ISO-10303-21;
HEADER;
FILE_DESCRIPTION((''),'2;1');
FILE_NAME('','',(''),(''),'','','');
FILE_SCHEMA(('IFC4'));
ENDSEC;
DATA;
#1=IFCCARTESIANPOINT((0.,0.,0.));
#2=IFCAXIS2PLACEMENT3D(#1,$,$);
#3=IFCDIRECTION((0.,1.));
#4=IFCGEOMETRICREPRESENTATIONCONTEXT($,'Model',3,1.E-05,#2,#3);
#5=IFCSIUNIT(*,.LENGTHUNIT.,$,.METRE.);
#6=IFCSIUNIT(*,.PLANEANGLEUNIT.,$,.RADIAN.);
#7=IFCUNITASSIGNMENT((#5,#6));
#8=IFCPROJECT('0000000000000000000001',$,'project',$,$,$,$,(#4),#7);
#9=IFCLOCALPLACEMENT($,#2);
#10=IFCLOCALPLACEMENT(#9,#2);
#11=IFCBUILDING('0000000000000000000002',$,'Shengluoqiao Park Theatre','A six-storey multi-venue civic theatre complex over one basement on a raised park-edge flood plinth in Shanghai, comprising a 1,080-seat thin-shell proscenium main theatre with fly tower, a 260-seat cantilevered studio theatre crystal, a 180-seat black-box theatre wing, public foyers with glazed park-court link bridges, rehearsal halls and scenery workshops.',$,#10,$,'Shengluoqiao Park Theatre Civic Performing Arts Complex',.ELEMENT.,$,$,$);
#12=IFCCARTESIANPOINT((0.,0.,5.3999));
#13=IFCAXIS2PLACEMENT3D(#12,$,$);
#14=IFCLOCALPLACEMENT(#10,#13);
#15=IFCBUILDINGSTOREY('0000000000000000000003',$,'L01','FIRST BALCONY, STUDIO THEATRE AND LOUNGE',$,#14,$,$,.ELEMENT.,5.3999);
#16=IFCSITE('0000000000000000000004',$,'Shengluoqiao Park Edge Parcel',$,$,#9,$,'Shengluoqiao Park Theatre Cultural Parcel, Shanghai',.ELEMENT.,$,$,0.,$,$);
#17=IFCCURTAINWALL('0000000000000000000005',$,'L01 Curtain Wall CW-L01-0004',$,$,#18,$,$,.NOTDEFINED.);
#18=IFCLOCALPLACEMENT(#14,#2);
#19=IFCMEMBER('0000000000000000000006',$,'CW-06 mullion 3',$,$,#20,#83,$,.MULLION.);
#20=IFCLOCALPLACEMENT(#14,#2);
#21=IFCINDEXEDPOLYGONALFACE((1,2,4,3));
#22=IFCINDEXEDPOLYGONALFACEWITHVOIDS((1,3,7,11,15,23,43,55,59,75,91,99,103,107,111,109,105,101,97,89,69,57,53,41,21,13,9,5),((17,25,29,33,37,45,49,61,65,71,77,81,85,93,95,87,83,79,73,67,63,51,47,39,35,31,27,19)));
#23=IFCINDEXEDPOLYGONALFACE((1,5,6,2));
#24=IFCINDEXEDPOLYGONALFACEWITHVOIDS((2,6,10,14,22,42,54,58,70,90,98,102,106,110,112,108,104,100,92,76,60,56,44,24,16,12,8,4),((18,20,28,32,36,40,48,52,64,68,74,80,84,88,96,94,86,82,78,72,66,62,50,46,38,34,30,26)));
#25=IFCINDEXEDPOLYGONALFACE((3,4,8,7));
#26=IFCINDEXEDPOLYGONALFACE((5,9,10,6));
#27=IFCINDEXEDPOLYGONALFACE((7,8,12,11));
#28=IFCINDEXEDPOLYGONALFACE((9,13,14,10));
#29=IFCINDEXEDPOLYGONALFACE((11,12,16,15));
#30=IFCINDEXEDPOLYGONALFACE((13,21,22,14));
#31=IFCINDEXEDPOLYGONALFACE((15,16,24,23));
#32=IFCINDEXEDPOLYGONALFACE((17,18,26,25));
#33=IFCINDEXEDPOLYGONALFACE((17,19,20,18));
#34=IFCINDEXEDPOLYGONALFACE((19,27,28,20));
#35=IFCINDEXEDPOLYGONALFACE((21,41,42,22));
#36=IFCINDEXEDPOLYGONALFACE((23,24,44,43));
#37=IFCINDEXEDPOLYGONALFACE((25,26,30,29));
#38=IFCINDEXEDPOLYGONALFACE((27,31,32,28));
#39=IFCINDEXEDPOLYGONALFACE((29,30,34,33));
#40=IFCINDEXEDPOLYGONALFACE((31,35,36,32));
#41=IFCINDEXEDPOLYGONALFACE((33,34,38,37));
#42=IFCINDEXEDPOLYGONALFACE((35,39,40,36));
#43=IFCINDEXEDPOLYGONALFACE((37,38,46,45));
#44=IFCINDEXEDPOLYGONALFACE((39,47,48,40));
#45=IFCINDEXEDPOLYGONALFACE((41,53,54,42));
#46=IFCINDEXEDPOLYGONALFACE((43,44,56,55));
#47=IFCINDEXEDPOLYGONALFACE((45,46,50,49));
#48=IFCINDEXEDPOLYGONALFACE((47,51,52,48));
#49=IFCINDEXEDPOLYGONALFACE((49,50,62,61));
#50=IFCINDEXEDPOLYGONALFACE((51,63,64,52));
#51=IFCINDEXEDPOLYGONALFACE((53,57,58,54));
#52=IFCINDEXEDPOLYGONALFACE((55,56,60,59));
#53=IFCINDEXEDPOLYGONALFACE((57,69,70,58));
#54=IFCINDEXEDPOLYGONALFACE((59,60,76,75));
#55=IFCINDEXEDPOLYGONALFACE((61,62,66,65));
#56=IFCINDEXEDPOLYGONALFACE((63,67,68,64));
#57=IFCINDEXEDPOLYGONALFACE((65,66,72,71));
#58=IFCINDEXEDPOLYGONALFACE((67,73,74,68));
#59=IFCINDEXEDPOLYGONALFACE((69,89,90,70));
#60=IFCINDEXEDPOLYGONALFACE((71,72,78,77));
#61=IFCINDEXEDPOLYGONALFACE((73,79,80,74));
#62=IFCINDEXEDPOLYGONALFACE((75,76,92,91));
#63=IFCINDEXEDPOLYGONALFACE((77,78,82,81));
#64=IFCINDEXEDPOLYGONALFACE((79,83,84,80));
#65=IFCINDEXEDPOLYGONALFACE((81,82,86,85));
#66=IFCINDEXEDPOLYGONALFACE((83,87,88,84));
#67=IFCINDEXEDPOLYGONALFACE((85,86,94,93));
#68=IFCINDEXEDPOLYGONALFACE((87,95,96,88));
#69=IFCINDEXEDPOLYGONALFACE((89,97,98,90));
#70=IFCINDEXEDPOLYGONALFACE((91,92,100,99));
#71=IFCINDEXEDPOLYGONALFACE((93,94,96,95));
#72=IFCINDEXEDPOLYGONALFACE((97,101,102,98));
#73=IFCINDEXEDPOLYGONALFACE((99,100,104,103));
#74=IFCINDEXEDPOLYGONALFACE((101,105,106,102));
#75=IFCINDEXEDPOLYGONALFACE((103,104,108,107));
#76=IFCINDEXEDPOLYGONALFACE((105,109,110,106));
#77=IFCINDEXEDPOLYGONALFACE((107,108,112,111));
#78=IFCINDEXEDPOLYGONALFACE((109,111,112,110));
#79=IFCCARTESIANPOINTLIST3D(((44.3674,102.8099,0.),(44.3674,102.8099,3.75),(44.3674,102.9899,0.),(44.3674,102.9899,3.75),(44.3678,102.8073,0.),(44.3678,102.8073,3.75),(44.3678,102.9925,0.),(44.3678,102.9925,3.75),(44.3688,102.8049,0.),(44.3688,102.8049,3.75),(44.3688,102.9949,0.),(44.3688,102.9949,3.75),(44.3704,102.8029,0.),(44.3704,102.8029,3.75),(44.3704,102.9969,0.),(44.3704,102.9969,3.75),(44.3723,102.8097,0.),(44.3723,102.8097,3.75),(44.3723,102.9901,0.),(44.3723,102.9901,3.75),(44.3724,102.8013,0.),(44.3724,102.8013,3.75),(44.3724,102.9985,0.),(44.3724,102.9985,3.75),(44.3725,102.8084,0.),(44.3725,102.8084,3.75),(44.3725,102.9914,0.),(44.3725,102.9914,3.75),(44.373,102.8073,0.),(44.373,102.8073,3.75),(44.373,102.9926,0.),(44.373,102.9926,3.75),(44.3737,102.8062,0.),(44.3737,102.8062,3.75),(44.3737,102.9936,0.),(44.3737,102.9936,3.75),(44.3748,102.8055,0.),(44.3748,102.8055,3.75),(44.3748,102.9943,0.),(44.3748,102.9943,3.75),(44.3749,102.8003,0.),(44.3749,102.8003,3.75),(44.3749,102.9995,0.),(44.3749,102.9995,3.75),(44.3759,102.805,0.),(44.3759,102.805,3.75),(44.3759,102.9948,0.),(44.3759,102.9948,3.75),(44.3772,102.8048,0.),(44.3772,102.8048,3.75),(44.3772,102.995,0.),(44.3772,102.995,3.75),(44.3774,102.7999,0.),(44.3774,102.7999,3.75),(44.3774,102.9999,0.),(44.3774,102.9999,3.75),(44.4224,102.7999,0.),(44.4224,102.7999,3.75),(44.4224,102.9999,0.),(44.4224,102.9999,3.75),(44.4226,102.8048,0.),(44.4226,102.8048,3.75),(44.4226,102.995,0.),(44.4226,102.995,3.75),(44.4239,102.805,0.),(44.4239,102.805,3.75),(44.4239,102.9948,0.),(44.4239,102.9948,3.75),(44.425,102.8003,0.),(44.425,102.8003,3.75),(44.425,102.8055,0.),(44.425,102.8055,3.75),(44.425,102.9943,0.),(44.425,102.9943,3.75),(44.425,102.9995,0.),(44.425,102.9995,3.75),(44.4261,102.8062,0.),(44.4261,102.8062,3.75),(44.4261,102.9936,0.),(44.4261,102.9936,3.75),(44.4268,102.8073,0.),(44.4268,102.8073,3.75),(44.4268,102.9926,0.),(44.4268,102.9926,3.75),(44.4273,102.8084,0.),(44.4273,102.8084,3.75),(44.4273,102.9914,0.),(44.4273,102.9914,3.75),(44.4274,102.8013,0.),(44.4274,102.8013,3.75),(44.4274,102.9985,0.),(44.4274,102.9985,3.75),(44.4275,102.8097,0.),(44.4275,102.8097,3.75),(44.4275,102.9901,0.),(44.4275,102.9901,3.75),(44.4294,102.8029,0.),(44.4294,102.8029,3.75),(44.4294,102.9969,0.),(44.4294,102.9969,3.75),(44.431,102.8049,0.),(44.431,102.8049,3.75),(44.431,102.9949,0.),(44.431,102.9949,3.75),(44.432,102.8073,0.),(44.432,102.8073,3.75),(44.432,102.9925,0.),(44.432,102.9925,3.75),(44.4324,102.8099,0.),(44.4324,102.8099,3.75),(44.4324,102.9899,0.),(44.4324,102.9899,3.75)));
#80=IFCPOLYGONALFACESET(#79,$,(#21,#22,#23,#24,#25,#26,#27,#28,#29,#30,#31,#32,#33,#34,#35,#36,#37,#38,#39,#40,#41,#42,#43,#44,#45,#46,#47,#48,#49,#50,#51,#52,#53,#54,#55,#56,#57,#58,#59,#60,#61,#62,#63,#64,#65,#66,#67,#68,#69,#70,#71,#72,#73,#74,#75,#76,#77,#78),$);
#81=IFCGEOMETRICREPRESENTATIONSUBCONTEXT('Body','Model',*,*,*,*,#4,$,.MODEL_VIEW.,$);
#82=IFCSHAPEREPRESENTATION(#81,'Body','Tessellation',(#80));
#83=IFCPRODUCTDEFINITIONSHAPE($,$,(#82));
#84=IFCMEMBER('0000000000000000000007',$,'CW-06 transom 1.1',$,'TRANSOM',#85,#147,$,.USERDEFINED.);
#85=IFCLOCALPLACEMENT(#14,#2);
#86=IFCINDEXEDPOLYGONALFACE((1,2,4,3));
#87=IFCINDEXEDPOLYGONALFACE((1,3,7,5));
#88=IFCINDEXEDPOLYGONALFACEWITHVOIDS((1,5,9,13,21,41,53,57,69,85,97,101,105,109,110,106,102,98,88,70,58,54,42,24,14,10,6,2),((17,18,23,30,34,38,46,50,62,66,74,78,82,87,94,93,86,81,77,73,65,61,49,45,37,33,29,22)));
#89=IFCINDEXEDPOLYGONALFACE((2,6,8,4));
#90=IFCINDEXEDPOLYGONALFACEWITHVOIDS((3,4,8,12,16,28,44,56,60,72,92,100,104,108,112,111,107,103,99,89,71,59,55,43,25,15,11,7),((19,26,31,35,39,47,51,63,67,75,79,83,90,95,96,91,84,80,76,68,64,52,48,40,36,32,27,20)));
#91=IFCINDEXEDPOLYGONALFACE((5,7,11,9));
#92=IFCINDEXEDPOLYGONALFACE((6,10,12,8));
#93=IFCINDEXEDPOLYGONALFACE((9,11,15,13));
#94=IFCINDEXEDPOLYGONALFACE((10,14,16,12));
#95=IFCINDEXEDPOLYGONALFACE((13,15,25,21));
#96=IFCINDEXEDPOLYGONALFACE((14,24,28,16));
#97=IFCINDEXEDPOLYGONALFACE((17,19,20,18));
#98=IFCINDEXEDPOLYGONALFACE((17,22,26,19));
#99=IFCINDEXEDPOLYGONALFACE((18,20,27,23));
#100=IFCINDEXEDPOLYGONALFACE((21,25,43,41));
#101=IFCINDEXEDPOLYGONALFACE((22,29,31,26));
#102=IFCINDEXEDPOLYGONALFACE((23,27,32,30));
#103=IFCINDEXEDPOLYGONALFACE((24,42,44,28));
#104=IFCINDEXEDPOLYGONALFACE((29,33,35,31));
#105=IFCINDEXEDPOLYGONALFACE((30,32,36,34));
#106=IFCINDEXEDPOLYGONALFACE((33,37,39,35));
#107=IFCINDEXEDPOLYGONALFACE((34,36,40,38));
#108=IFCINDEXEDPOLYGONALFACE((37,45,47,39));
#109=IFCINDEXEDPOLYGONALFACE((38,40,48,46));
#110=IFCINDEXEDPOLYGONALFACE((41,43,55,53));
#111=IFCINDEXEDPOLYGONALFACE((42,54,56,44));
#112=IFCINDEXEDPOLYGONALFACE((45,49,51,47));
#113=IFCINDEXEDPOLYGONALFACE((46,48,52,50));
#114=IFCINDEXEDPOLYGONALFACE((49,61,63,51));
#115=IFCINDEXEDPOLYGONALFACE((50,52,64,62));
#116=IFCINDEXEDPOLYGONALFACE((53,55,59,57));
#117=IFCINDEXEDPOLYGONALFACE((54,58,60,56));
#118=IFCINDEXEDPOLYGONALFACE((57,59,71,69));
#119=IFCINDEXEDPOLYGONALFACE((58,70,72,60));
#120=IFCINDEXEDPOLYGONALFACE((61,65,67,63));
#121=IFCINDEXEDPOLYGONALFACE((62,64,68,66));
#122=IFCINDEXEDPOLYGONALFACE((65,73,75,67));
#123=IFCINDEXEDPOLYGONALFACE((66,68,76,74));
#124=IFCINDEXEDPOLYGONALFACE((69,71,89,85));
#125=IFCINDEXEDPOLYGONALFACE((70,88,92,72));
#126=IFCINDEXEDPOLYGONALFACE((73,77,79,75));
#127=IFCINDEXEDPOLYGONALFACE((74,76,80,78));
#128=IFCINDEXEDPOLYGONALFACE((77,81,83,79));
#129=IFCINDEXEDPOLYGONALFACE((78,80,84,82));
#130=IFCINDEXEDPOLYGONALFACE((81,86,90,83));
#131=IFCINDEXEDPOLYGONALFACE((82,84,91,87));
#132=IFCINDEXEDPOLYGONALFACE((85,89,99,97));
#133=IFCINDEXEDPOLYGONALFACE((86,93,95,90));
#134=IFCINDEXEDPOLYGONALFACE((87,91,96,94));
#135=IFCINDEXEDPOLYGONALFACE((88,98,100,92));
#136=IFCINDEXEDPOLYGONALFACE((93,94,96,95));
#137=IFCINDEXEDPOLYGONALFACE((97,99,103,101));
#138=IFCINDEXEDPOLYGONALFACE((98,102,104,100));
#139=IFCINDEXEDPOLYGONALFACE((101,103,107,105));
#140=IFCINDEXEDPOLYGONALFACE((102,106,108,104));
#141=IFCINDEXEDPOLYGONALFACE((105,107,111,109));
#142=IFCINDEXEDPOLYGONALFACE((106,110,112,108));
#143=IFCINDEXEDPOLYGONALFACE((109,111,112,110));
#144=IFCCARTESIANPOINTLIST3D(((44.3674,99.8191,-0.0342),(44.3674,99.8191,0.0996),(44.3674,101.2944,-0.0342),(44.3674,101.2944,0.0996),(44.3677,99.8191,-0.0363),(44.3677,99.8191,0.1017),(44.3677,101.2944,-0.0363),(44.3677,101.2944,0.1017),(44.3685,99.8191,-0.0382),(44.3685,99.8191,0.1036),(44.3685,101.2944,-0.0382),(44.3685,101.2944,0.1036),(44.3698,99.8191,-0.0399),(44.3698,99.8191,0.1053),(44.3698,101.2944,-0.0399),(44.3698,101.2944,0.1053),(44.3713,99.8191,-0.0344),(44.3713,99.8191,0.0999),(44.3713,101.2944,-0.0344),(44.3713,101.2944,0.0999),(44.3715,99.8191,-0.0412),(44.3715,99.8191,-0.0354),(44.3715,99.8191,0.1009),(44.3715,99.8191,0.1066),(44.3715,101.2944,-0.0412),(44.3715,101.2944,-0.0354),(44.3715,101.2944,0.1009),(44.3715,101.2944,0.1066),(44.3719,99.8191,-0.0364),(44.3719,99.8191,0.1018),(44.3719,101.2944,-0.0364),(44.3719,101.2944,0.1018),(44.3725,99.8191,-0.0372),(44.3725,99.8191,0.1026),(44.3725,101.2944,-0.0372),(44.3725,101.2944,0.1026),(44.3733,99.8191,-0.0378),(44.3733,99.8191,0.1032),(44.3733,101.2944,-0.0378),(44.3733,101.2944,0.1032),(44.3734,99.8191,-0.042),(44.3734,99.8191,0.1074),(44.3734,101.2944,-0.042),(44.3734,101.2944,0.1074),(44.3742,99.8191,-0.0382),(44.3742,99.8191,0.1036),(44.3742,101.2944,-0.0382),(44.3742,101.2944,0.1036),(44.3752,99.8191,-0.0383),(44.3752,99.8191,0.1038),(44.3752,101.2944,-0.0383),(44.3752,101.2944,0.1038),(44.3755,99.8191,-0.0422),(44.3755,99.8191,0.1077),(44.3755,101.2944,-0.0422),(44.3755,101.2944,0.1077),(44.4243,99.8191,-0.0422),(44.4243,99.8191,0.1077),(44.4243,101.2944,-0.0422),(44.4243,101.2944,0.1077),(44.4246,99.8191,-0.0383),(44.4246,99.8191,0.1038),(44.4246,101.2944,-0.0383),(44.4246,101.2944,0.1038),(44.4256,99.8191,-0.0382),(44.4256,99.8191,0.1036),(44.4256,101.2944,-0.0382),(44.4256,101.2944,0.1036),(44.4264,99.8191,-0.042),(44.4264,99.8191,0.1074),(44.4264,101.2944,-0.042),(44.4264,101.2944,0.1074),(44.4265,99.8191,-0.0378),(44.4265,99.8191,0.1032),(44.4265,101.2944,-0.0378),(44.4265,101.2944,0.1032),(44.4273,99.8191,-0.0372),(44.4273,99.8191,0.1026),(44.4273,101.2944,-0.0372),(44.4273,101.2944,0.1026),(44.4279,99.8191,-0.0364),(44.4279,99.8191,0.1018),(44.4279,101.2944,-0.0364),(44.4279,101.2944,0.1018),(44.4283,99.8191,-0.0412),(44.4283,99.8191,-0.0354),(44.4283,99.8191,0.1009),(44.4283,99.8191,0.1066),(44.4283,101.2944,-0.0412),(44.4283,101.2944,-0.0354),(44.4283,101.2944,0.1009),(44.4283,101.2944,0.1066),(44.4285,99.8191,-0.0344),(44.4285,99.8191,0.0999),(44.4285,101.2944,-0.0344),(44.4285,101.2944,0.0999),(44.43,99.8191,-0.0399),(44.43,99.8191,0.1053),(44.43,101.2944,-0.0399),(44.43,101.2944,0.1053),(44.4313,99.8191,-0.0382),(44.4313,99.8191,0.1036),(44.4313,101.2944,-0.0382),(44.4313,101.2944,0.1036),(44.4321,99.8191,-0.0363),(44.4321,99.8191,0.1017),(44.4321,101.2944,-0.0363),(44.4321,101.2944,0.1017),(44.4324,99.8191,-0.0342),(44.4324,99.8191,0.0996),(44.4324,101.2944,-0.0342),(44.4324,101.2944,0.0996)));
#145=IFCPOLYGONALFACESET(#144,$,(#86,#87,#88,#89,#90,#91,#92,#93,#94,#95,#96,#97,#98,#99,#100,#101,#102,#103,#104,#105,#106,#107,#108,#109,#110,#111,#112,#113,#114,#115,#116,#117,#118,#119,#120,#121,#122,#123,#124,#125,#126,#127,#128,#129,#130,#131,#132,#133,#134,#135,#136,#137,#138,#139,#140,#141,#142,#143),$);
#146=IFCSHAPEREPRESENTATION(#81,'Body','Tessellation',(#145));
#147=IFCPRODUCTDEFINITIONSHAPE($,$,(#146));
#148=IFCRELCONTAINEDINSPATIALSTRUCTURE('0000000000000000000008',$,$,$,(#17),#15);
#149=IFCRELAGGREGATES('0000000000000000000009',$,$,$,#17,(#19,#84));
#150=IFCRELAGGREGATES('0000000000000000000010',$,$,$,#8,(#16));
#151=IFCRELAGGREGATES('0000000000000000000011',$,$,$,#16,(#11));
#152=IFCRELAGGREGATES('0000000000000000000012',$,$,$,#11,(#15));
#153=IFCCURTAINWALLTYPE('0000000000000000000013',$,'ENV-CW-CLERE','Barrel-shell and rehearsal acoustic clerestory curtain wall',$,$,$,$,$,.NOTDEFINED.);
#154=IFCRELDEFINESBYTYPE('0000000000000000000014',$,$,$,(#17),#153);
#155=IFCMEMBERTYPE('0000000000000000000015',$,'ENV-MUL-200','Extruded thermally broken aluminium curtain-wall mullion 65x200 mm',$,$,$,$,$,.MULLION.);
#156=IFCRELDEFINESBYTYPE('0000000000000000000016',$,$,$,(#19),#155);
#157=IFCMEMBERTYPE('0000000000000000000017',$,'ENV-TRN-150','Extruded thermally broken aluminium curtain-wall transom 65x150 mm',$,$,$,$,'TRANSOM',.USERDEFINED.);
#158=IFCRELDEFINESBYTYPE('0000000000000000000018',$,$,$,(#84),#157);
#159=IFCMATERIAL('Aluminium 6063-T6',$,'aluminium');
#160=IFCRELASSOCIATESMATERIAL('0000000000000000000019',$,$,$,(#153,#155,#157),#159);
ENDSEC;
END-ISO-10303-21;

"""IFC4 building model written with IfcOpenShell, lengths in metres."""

from ifc_helpers import new_model, si_unit, direction, frame, origin, origin_2d, place, context, subcontext, project, spatial, hollow_rectangle, extrude, material, material_profile, profile_set, type_object, element, aggregate, save


model = new_model("IFC4")

# Units and contexts
model_context = context("Model", 3, precision=1e-05, world=origin(), true_north=direction((0.0, 1.0)))
body_context = subcontext(model_context, "Body", "Model", "MODEL_VIEW")
ifc_project = project(units=[si_unit("LENGTHUNIT", "METRE"), si_unit("PLANEANGLEUNIT", "RADIAN")], contexts=[model_context])

# Site, building, storey
site_placement = place(None, origin())
site = spatial("IfcSite", under=ifc_project, at=site_placement, Name="Shengluoqiao Park Edge Parcel", LongName="Shengluoqiao Park Theatre Cultural Parcel, Shanghai", CompositionType="ELEMENT", RefElevation=0.0)
building_placement = place(site_placement, origin())
building = spatial("IfcBuilding", under=site, at=building_placement, Name="Shengluoqiao Park Theatre", Description="A six-storey multi-venue civic theatre complex over one basement on a raised park-edge flood plinth in Shanghai, comprising a 1,080-seat thin-shell proscenium main theatre with fly tower, a 260-seat cantilevered studio theatre crystal, a 180-seat black-box theatre wing, public foyers with glazed park-court link bridges, rehearsal halls and scenery workshops.", LongName="Shengluoqiao Park Theatre Civic Performing Arts Complex", CompositionType="ELEMENT")
storey_placement = place(building_placement, frame((0.0, 0.0, 5.3999)))
storey = spatial("IfcBuildingStorey", under=building, at=storey_placement, Name="L01", Description="FIRST BALCONY, STUDIO THEATRE AND LOUNGE", CompositionType="ELEMENT", Elevation=5.3999)

# Curtain wall, members
ifc_material_1 = material(Name="Aluminium 6063-T6", Category="aluminium")
curtain_wall_type = type_object("IfcCurtainWallType", Name="ENV-CW-CLERE", Description="Barrel-shell and rehearsal acoustic clerestory curtain wall", PredefinedType="NOTDEFINED", material=ifc_material_1)
curtain_wall_placement = place(storey_placement, origin())
curtain_wall = element("IfcCurtainWall", 1, at=curtain_wall_placement, inside=storey, type_object=curtain_wall_type, Name="L01 Curtain Wall CW-L01-0004", PredefinedType="NOTDEFINED")
ifc_material_profile_1 = material_profile(ifc_material_1, hollow_rectangle(XDim=0.0649, YDim=0.2, WallThickness=0.0049, InnerFilletRadius=0.0049, OuterFilletRadius=0.01, at=origin_2d()), Name="ALU MULLION 200x65x5")
ifc_profile_set_1 = profile_set([ifc_material_profile_1], Name="Aluminium 6063-T6")
member_type_1 = type_object("IfcMemberType", Name="ENV-MUL-200", Description="Extruded thermally broken aluminium curtain-wall mullion 65x200 mm", PredefinedType="MULLION", material=ifc_profile_set_1)
member_1_placement = place(storey_placement, frame((44.3999, 102.8999, 0.0), z_axis=(0.0, 0.0, 1.0), x_axis=(-1.0, 0.0, 0.0)))
member_1 = element("IfcMember", 2, at=member_1_placement, type_object=member_type_1, Name="CW-06 mullion 3", PredefinedType="MULLION", context=body_context, shape_type="SweptSolid", body=[
    extrude(hollow_rectangle(XDim=0.0649, YDim=0.2, WallThickness=0.0049, InnerFilletRadius=0.0049, OuterFilletRadius=0.01, at=origin_2d()), origin(), (0.0, 0.0, 1.0), 3.75),
])
ifc_material_profile_2 = material_profile(ifc_material_1, hollow_rectangle(XDim=0.0649, YDim=0.1499, WallThickness=0.0039, InnerFilletRadius=0.0039, OuterFilletRadius=0.0081, at=origin_2d()), Name="ALU TRANSOM 150x65x4")
ifc_profile_set_2 = profile_set([ifc_material_profile_2], Name="Aluminium 6063-T6")
member_type_2 = type_object("IfcMemberType", Name="ENV-TRN-150", Description="Extruded thermally broken aluminium curtain-wall transom 65x150 mm", ElementType="TRANSOM", PredefinedType="USERDEFINED", material=ifc_profile_set_2)
member_2_placement = place(storey_placement, frame((44.3999, 99.8191, 0.0327), z_axis=(0.0, 1.0, 0.0), x_axis=(-1.0, 0.0, 0.0)))
member_2 = element("IfcMember", 3, at=member_2_placement, type_object=member_type_2, Name="CW-06 transom 1.1", ObjectType="TRANSOM", PredefinedType="USERDEFINED", context=body_context, shape_type="SweptSolid", body=[
    extrude(hollow_rectangle(XDim=0.0649, YDim=0.1499, WallThickness=0.0039, InnerFilletRadius=0.0039, OuterFilletRadius=0.0081, at=origin_2d()), origin(), (0.0, 0.0, 1.0), 1.4753),
])

aggregate(curtain_wall, [member_1, member_2])

save(model, "model.ifc")
